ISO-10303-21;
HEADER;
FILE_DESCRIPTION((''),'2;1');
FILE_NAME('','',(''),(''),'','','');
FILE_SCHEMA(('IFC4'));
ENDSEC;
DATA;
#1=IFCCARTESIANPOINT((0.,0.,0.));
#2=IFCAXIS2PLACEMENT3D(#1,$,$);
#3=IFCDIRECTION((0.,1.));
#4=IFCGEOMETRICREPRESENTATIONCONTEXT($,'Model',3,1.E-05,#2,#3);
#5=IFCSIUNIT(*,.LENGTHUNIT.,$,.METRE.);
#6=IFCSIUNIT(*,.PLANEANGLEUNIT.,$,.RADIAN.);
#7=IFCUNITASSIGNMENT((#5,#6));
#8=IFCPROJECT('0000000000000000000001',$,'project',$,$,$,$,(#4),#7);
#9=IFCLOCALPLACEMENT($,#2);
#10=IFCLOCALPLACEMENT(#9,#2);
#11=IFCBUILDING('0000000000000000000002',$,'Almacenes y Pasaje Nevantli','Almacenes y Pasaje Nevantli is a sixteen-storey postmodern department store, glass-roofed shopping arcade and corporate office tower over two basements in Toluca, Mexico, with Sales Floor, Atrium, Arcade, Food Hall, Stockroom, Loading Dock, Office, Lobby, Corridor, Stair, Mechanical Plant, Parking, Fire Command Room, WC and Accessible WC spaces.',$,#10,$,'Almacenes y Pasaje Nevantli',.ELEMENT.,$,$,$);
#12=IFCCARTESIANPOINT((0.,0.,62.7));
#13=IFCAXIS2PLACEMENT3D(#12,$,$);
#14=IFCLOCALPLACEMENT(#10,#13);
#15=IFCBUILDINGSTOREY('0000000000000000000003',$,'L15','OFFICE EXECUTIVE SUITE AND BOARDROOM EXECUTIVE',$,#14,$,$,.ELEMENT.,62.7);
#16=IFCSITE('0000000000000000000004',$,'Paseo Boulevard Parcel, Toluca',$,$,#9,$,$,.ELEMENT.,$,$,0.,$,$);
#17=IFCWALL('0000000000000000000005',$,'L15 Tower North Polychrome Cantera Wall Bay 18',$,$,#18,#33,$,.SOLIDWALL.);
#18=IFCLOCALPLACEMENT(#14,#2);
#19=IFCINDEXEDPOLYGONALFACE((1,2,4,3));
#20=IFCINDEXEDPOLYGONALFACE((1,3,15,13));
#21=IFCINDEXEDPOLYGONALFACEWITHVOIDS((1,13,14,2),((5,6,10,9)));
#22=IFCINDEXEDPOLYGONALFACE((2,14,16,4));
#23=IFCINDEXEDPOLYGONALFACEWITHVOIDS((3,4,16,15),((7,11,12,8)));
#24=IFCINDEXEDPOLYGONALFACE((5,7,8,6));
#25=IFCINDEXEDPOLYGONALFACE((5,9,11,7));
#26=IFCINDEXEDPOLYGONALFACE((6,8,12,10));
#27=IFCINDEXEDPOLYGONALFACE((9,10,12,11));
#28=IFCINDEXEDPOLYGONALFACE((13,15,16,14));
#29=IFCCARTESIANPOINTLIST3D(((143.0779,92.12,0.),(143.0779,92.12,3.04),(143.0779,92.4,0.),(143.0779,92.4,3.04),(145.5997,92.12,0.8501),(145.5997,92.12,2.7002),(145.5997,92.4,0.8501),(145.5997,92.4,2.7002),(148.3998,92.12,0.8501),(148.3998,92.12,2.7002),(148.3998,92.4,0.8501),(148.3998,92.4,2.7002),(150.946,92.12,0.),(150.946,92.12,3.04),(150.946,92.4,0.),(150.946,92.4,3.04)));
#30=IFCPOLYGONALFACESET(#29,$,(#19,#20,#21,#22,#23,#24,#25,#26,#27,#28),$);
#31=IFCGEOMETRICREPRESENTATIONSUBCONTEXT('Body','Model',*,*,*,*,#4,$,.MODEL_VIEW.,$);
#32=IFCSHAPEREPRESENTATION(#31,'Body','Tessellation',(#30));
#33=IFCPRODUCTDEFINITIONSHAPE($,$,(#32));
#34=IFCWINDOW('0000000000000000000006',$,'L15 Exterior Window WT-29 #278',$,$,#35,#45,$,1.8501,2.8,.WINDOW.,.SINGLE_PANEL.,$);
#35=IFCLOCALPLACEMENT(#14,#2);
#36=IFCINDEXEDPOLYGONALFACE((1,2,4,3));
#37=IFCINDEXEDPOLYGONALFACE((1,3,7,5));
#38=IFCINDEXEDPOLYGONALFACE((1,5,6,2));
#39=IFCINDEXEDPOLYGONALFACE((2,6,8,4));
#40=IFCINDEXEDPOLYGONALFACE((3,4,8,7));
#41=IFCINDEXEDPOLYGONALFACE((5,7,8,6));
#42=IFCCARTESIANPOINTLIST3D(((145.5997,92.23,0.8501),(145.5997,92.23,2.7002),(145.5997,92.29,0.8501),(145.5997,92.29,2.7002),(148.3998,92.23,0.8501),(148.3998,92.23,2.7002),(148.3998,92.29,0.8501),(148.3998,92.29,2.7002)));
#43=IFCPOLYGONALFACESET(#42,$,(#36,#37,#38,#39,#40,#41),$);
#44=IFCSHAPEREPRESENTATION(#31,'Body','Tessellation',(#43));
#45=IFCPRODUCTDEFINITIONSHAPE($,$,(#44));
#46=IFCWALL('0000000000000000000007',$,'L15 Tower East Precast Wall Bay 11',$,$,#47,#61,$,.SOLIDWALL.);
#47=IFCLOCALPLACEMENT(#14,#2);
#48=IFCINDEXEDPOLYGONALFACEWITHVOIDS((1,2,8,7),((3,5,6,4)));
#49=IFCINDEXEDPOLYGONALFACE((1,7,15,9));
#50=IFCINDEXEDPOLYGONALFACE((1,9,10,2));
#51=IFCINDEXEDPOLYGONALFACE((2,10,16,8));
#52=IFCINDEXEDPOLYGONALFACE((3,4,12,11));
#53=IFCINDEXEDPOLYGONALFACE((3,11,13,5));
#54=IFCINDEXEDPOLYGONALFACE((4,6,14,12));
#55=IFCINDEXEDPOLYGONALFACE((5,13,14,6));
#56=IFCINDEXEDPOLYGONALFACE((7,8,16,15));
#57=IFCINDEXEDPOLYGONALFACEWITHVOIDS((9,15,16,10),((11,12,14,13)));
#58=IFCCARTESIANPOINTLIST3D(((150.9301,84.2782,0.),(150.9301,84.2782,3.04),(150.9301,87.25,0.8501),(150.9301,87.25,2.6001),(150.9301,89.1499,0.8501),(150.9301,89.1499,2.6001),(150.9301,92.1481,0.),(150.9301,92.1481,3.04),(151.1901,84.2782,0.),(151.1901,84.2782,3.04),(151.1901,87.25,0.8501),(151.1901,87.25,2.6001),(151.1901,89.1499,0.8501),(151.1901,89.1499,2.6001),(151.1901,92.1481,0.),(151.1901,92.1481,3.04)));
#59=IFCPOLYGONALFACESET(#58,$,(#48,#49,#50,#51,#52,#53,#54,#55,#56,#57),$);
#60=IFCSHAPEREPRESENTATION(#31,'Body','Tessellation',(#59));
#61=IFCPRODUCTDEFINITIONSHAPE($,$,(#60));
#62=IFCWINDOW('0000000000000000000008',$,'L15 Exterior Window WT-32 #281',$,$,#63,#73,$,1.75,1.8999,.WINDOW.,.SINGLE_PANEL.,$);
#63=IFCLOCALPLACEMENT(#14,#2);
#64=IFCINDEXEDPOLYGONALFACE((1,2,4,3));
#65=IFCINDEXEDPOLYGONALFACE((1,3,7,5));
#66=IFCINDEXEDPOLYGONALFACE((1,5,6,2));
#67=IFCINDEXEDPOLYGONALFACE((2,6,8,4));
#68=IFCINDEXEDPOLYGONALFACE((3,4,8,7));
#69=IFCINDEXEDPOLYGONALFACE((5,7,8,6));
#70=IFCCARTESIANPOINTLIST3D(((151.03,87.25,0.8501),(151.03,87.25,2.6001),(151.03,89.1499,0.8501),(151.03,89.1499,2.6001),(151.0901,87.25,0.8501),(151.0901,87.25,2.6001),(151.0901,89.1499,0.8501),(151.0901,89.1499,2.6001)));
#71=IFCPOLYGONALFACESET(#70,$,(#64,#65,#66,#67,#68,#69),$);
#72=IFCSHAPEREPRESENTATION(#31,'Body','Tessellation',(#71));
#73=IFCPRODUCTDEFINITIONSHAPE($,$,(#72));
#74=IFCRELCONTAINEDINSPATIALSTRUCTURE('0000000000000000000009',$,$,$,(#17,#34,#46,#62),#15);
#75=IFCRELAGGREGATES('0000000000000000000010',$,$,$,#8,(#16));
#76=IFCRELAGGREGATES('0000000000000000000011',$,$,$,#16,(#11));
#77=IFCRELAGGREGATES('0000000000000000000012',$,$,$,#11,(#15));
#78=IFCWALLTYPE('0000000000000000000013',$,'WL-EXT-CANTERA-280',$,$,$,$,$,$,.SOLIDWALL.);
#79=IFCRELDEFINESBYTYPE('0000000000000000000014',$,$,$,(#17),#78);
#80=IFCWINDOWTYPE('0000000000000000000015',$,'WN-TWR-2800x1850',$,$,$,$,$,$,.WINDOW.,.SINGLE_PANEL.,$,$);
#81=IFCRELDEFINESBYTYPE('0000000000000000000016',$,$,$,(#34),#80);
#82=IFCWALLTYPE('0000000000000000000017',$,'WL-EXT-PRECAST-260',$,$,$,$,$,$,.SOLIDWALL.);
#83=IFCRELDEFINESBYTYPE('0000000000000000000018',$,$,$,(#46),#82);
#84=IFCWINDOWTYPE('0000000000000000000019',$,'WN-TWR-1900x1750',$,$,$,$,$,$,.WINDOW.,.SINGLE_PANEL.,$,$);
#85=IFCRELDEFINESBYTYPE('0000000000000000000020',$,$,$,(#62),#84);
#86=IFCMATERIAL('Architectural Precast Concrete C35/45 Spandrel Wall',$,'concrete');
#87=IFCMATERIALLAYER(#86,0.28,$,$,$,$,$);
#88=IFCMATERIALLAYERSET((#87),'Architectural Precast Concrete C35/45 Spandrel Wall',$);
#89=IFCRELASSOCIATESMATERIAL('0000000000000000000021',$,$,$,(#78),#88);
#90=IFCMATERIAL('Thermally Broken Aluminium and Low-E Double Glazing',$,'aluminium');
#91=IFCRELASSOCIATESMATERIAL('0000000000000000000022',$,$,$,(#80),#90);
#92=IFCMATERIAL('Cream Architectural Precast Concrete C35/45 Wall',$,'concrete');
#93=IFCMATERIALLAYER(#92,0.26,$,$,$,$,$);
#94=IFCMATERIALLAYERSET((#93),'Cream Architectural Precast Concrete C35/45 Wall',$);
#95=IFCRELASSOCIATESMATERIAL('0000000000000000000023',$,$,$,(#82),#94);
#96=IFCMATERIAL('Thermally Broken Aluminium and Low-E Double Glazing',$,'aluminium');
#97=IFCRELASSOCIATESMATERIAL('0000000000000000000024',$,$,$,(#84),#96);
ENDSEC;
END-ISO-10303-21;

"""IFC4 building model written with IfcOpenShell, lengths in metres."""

from ifc_helpers import new_model, si_unit, direction, frame, frame_2d, origin, place, context, subcontext, project, spatial, rectangle, extrude, material, layer, layer_set, type_object, element, fill, save


model = new_model("IFC4")

# Units and contexts
model_context = context("Model", 3, precision=1e-05, world=origin(), true_north=direction((0.0, 1.0)))
body_context = subcontext(model_context, "Body", "Model", "MODEL_VIEW")
ifc_project = project(units=[si_unit("LENGTHUNIT", "METRE"), si_unit("PLANEANGLEUNIT", "RADIAN")], contexts=[model_context])

# Site, building, storey
site_placement = place(None, origin())
site = spatial("IfcSite", under=ifc_project, at=site_placement, Name="Paseo Boulevard Parcel, Toluca", CompositionType="ELEMENT", RefElevation=0.0)
building_placement = place(site_placement, origin())
building = spatial("IfcBuilding", under=site, at=building_placement, Name="Almacenes y Pasaje Nevantli", Description="Almacenes y Pasaje Nevantli is a sixteen-storey postmodern department store, glass-roofed shopping arcade and corporate office tower over two basements in Toluca, Mexico, with Sales Floor, Atrium, Arcade, Food Hall, Stockroom, Loading Dock, Office, Lobby, Corridor, Stair, Mechanical Plant, Parking, Fire Command Room, WC and Accessible WC spaces.", LongName="Almacenes y Pasaje Nevantli", CompositionType="ELEMENT")
storey_placement = place(building_placement, frame((0.0, 0.0, 62.7)))
storey = spatial("IfcBuildingStorey", under=building, at=storey_placement, Name="L15", Description="OFFICE EXECUTIVE SUITE AND BOARDROOM EXECUTIVE", CompositionType="ELEMENT", Elevation=62.7)

# Walls, openings, windows
ifc_material_1 = material(Name="Architectural Precast Concrete C35/45 Spandrel Wall", Category="concrete")
ifc_layer_1 = layer(ifc_material_1, 0.28)
ifc_layer_set_1 = layer_set([ifc_layer_1], Name="Architectural Precast Concrete C35/45 Spandrel Wall")
wall_type_1 = type_object("IfcWallType", Name="WL-EXT-CANTERA-280", PredefinedType="SOLIDWALL", material=ifc_layer_set_1)
wall_1_placement = place(storey_placement, frame((143.0779, 92.26, 0.0), z_axis=(0.0, 0.0, 1.0), x_axis=(1.0, 0.0, 0.0)))
wall_1 = element("IfcWall", 1, at=wall_1_placement, inside=storey, type_object=wall_type_1, Name="L15 Tower North Polychrome Cantera Wall Bay 18", PredefinedType="SOLIDWALL", context=body_context, shape_type="SweptSolid", body=[
    extrude(rectangle(XDim=7.8682, YDim=0.28, at=frame_2d((3.9341, 0.0))), origin(), (0.0, 0.0, 1.0), 3.04),
])
opening_1_placement = place(wall_1_placement, frame((2.522, 0.0, 0.8501)))
opening_1 = element("IfcOpeningElement", 2, at=opening_1_placement, cuts=wall_1, PredefinedType="OPENING", context=body_context, shape_type="SweptSolid", body=[
    extrude(rectangle(XDim=2.8, YDim=1.8501, at=frame_2d((1.3999, 0.925))), frame((0.0, 0.1499, 0.0), z_axis=(0.0, -1.0, 0.0), x_axis=(1.0, 0.0, 0.0)), (0.0, 0.0, 1.0), 0.3),
])
ifc_material_2 = material(Name="Thermally Broken Aluminium and Low-E Double Glazing", Category="aluminium")
window_type_1 = type_object("IfcWindowType", Name="WN-TWR-2800x1850", PartitioningType="SINGLE_PANEL", PredefinedType="WINDOW", material=ifc_material_2)
window_1_placement = place(opening_1_placement, origin())
window_1 = element("IfcWindow", 3, at=window_1_placement, inside=storey, type_object=window_type_1, Name="L15 Exterior Window WT-29 #278", OverallHeight=1.8501, OverallWidth=2.8, PartitioningType="SINGLE_PANEL", PredefinedType="WINDOW", context=body_context, shape_type="SweptSolid", body=[
    extrude(rectangle(XDim=2.8, YDim=1.8501, at=frame_2d((1.3999, 0.925))), frame((0.0, 0.03, 0.0), z_axis=(0.0, -1.0, 0.0), x_axis=(1.0, 0.0, 0.0)), (0.0, 0.0, 1.0), 0.0601),
])
fill(opening_1, window_1)
ifc_material_3 = material(Name="Cream Architectural Precast Concrete C35/45 Wall", Category="concrete")
ifc_layer_2 = layer(ifc_material_3, 0.26)
ifc_layer_set_2 = layer_set([ifc_layer_2], Name="Cream Architectural Precast Concrete C35/45 Wall")
wall_type_2 = type_object("IfcWallType", Name="WL-EXT-PRECAST-260", PredefinedType="SOLIDWALL", material=ifc_layer_set_2)
wall_2_placement = place(storey_placement, frame((151.0601, 84.2781, 0.0), z_axis=(0.0, 0.0, 1.0), x_axis=(0.0, 1.0, 0.0)))
wall_2 = element("IfcWall", 4, at=wall_2_placement, inside=storey, type_object=wall_type_2, Name="L15 Tower East Precast Wall Bay 11", PredefinedType="SOLIDWALL", context=body_context, shape_type="SweptSolid", body=[
    extrude(rectangle(XDim=7.8699, YDim=0.26, at=frame_2d((3.9351, 0.0))), origin(), (0.0, 0.0, 1.0), 3.04),
])
opening_2_placement = place(wall_2_placement, frame((2.9719, 0.0, 0.8501)))
opening_2 = element("IfcOpeningElement", 5, at=opening_2_placement, cuts=wall_2, PredefinedType="OPENING", context=body_context, shape_type="SweptSolid", body=[
    extrude(rectangle(XDim=1.8999, YDim=1.75, at=frame_2d((0.95, 0.875))), frame((0.0, 0.1399, 0.0), z_axis=(0.0, -1.0, 0.0), x_axis=(1.0, 0.0, 0.0)), (0.0, 0.0, 1.0), 0.28),
])
ifc_material_4 = material(Name="Thermally Broken Aluminium and Low-E Double Glazing", Category="aluminium")
window_type_2 = type_object("IfcWindowType", Name="WN-TWR-1900x1750", PartitioningType="SINGLE_PANEL", PredefinedType="WINDOW", material=ifc_material_4)
window_2_placement = place(opening_2_placement, origin())
window_2 = element("IfcWindow", 6, at=window_2_placement, inside=storey, type_object=window_type_2, Name="L15 Exterior Window WT-32 #281", OverallHeight=1.75, OverallWidth=1.8999, PartitioningType="SINGLE_PANEL", PredefinedType="WINDOW", context=body_context, shape_type="SweptSolid", body=[
    extrude(rectangle(XDim=1.8999, YDim=1.75, at=frame_2d((0.95, 0.875))), frame((0.0, 0.03, 0.0), z_axis=(0.0, -1.0, 0.0), x_axis=(1.0, 0.0, 0.0)), (0.0, 0.0, 1.0), 0.0601),
])
fill(opening_2, window_2)

save(model, "model.ifc")
